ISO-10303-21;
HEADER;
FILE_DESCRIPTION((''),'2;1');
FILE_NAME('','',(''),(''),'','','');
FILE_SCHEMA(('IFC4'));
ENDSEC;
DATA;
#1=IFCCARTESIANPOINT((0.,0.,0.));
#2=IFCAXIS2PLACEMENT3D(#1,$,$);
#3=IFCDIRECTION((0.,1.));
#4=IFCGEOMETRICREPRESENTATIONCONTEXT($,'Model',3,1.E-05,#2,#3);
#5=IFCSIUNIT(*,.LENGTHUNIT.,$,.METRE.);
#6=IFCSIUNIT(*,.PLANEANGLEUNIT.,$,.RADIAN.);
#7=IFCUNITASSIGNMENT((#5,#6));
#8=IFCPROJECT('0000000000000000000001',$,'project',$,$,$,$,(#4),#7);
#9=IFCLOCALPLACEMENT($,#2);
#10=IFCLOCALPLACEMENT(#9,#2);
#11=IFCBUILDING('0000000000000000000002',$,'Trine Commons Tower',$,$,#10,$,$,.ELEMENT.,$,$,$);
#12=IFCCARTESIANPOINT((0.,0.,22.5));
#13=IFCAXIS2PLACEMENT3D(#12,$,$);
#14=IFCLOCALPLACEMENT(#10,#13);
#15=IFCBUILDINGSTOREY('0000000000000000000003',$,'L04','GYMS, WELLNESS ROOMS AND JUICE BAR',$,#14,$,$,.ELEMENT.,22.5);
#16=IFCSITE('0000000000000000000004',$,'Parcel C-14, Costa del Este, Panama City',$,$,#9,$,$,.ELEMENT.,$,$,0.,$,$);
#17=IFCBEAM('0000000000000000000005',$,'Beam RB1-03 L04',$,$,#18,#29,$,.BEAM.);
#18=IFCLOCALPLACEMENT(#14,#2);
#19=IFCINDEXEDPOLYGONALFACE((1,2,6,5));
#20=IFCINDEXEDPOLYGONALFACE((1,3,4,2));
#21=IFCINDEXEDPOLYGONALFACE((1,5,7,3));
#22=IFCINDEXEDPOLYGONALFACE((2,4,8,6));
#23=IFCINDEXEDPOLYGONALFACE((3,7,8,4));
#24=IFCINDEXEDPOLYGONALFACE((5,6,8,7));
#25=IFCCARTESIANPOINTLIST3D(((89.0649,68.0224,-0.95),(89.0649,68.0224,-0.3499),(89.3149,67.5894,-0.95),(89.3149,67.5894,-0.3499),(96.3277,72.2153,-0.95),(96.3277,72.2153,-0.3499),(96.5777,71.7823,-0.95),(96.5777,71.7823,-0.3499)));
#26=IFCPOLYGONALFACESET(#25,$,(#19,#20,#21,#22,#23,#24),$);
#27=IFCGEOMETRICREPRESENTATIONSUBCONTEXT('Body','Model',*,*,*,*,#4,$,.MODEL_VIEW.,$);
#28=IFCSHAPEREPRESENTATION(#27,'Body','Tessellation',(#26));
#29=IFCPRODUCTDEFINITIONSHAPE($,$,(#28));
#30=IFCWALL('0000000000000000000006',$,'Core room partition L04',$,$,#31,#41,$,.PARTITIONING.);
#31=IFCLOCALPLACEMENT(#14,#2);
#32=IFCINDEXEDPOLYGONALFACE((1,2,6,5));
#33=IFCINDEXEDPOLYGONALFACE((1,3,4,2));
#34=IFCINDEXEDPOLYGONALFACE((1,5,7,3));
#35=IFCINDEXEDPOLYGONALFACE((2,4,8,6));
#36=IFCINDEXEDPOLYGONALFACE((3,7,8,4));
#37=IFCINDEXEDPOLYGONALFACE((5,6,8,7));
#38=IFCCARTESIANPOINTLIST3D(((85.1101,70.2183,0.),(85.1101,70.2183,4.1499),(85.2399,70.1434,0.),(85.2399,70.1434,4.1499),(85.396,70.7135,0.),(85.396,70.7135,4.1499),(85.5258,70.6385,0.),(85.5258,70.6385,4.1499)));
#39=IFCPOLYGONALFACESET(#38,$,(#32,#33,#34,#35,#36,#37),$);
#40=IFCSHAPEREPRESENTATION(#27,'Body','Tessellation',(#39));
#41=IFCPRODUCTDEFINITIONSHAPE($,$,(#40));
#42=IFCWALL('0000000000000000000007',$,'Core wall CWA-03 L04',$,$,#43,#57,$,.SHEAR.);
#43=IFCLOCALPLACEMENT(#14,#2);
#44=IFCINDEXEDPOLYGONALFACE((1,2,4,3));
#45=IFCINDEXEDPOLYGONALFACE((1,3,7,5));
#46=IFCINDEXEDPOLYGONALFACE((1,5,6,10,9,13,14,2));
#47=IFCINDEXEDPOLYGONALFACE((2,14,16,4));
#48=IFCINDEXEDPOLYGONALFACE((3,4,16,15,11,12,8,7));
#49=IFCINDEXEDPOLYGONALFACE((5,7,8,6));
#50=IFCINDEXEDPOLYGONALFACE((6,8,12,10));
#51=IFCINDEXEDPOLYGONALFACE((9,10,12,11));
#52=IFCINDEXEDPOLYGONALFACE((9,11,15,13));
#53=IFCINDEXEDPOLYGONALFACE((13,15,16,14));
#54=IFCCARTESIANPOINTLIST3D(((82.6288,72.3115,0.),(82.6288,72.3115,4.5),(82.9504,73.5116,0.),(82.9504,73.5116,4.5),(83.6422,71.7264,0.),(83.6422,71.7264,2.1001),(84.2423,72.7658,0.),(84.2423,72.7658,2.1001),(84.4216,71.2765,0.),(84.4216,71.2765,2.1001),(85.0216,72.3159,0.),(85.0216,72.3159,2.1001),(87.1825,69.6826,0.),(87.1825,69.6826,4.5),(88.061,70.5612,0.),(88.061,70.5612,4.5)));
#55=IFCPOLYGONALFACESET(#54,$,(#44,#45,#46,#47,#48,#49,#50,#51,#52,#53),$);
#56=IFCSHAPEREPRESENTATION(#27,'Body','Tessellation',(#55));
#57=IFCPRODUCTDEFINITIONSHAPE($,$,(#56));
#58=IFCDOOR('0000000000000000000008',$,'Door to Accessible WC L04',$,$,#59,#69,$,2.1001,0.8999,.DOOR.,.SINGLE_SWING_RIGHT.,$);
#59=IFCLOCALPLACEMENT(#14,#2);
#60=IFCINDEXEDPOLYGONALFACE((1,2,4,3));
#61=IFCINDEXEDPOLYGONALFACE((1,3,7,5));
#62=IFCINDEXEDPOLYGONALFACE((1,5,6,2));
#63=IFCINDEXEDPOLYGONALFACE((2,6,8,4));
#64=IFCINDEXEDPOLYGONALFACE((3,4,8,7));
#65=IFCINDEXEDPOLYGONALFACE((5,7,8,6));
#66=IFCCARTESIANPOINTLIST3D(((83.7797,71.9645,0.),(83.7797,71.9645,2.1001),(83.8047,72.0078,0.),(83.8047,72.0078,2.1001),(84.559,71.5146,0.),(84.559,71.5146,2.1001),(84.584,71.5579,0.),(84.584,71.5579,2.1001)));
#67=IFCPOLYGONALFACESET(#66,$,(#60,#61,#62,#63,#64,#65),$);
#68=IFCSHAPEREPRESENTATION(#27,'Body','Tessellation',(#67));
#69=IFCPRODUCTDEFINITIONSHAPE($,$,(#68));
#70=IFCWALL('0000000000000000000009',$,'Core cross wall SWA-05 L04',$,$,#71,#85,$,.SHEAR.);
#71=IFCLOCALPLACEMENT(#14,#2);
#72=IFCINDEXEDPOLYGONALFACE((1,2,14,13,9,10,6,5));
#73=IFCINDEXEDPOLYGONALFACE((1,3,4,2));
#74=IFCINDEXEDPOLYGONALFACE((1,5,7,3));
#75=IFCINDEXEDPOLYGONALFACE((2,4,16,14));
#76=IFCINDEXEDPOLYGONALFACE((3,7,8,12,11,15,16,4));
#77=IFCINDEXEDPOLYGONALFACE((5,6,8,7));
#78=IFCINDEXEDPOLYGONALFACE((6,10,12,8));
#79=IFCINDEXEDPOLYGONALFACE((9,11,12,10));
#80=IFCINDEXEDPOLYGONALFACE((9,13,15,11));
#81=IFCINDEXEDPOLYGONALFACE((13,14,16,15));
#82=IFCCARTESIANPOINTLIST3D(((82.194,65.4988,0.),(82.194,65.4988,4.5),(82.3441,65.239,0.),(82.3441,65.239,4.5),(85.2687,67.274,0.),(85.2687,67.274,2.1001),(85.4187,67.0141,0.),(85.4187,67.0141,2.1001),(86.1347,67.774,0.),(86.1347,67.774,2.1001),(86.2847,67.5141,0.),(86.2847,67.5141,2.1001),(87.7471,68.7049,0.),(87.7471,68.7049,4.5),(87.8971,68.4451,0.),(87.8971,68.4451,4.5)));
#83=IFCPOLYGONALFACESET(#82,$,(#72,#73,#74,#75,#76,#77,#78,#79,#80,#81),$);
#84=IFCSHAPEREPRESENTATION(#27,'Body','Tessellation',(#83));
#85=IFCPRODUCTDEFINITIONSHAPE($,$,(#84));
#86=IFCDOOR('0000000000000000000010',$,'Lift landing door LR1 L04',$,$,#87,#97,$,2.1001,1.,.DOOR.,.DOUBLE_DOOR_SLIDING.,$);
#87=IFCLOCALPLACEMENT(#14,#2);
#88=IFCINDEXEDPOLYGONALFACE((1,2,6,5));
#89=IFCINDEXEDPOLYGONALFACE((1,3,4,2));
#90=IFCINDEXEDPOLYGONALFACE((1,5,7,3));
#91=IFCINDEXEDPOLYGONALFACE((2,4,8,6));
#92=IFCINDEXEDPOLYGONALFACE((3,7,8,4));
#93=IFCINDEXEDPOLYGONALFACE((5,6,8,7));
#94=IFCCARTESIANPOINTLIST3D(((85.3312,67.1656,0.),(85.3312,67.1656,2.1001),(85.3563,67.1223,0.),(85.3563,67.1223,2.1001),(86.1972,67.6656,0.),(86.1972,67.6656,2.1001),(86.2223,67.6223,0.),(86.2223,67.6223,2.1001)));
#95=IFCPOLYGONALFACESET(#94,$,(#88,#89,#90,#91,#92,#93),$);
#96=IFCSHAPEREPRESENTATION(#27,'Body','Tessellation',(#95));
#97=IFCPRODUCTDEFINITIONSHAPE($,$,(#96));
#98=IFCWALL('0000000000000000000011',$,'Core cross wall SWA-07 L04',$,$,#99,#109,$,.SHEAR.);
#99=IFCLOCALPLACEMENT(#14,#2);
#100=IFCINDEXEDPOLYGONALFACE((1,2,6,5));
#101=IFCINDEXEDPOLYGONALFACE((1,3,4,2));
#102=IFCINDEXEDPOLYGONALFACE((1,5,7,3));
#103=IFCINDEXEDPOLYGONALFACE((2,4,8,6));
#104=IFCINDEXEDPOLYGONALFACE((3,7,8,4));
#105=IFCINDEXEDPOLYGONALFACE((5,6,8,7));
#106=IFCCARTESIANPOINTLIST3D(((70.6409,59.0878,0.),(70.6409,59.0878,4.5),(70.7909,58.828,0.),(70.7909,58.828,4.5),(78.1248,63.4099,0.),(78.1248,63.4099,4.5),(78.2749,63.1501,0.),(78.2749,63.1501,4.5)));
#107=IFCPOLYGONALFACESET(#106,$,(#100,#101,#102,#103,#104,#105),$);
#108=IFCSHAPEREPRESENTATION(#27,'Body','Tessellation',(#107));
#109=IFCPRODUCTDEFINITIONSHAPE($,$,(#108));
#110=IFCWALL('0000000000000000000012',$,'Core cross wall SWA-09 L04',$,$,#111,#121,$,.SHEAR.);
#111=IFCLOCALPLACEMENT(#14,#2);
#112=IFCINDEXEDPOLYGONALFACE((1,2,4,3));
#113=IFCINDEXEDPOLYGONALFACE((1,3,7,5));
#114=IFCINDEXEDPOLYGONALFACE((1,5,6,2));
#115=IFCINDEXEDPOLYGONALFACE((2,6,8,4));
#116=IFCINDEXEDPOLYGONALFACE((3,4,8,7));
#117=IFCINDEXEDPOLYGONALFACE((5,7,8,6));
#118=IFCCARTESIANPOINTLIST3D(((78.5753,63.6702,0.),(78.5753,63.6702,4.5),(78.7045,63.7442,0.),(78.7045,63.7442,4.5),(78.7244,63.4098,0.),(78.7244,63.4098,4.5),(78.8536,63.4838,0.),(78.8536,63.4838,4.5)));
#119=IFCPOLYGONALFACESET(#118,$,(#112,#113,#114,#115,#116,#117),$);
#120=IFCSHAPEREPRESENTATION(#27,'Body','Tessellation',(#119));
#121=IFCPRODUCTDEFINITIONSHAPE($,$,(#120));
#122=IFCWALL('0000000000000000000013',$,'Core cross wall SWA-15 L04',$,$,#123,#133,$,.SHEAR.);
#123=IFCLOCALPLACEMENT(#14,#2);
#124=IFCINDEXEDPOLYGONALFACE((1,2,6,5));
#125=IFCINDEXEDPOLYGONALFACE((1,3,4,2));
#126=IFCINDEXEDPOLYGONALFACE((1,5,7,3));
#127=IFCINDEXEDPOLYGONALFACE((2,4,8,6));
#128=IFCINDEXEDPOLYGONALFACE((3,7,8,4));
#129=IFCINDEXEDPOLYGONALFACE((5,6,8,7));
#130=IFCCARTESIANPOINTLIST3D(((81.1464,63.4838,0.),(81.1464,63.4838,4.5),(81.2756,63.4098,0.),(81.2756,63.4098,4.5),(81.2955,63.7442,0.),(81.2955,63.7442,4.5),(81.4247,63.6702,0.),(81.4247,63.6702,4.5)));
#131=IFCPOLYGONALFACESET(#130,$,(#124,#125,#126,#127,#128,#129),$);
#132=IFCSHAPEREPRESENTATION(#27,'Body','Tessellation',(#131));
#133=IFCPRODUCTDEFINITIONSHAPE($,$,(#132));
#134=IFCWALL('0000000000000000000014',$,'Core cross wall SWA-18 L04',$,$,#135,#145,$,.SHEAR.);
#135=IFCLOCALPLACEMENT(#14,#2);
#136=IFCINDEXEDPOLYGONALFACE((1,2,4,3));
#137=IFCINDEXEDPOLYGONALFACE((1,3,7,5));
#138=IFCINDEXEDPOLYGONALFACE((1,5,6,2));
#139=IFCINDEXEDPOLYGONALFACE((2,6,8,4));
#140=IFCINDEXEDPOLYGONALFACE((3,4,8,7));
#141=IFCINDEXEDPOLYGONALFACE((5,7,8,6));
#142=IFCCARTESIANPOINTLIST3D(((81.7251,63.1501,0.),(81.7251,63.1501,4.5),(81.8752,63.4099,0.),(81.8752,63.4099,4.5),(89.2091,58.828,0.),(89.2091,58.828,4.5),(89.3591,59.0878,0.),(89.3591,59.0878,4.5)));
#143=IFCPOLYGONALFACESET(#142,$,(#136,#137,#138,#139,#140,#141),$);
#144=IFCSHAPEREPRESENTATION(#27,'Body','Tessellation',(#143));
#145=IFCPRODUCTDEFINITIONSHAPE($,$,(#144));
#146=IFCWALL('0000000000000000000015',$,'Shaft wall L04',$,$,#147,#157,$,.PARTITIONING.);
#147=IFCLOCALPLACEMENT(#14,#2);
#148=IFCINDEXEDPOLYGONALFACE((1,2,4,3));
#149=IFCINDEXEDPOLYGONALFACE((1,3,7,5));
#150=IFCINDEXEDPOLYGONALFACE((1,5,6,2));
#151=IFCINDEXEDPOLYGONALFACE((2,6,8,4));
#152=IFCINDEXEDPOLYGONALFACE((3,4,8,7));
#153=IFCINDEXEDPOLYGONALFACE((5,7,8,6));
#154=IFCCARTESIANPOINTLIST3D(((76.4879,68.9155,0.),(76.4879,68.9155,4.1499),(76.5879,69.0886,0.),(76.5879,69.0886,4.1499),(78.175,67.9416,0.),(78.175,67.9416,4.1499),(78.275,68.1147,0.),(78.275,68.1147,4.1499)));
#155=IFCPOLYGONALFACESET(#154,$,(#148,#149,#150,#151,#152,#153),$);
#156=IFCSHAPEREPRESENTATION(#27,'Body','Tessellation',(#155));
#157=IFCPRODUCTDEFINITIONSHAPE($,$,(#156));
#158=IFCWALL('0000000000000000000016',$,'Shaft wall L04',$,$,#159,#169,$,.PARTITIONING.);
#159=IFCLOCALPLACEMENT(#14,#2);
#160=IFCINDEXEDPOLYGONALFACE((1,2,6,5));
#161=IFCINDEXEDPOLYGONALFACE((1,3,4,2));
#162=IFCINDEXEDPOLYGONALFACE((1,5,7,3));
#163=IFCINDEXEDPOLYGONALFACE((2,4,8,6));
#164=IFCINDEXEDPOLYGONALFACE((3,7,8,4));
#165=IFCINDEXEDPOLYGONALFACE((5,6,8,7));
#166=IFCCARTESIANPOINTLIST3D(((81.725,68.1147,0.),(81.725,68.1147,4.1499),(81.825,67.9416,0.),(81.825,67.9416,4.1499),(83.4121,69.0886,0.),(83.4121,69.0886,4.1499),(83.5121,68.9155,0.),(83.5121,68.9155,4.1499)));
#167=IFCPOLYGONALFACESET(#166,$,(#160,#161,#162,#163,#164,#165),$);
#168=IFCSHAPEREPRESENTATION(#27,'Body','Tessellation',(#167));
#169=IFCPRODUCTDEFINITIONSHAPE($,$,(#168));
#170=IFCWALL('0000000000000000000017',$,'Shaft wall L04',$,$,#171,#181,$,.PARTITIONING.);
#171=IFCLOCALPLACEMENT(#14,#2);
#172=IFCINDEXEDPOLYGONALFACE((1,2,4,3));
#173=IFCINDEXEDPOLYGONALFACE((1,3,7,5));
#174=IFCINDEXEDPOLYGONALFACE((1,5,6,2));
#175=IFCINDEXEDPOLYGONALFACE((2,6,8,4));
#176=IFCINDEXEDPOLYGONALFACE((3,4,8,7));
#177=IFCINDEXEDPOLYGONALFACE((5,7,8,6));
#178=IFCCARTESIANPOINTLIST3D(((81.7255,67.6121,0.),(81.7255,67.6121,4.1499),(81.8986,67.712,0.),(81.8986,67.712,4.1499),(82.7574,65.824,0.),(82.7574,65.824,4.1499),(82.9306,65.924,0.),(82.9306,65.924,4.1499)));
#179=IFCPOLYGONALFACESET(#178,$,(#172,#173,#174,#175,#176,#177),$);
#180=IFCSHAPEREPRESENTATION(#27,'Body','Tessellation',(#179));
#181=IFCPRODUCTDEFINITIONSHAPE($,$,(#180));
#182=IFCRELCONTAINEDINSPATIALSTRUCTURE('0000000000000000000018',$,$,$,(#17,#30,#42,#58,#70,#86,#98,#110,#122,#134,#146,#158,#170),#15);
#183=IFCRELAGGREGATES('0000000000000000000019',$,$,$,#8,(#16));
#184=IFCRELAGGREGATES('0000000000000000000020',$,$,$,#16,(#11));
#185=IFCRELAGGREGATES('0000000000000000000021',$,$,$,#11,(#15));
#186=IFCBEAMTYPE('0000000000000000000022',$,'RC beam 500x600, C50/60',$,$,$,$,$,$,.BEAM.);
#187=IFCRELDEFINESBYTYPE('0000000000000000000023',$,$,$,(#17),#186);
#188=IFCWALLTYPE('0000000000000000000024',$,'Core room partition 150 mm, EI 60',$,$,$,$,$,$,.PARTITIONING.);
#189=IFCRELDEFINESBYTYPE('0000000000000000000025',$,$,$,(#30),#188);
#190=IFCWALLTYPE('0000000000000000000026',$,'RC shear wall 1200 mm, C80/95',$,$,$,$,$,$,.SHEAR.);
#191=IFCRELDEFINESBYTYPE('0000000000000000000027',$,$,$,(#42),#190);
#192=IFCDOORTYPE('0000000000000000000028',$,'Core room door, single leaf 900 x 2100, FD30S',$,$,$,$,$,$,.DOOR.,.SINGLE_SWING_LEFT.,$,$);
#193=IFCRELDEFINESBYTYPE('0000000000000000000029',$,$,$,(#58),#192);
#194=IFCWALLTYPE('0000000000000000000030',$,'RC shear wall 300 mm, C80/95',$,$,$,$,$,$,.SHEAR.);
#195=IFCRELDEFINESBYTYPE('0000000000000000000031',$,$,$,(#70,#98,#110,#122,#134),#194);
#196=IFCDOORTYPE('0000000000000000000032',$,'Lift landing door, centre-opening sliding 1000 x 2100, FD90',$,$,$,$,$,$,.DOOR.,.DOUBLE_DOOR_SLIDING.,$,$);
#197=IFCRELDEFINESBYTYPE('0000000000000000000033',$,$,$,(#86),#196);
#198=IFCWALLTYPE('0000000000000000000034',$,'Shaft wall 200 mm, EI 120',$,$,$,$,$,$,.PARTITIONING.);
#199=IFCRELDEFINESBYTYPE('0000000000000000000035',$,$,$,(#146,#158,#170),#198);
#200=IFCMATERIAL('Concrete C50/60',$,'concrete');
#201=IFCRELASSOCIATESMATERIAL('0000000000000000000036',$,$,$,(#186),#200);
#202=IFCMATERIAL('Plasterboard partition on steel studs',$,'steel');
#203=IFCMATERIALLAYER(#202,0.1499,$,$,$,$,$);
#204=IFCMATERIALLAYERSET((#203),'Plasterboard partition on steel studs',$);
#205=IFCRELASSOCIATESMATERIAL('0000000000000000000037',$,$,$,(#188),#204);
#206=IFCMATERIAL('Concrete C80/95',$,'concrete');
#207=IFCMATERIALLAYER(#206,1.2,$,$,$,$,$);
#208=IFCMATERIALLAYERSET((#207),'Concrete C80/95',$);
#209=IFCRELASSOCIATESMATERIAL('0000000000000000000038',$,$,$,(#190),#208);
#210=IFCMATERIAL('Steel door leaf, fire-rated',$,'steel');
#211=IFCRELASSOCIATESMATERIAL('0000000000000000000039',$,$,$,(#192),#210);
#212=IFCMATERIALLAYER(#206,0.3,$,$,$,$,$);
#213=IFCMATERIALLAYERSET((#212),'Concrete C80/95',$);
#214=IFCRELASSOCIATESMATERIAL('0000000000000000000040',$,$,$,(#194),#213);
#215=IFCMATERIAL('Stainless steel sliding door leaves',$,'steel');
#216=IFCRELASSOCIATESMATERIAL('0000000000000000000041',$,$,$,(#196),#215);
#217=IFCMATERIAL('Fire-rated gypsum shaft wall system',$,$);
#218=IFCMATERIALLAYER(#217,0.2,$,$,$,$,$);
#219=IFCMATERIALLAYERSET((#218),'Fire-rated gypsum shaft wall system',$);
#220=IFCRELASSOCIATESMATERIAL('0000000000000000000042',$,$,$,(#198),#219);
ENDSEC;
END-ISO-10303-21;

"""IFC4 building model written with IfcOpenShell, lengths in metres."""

from ifc_helpers import new_model, si_unit, direction, frame, frame_2d, origin, origin_2d, place, context, subcontext, project, spatial, polyline, rectangle, outline, extrude, material, layer, layer_set, material_profile, profile_set, type_object, element, fill, save


model = new_model("IFC4")

# Units and contexts
model_context = context("Model", 3, precision=1e-05, world=origin(), true_north=direction((0.0, 1.0)))
body_context = subcontext(model_context, "Body", "Model", "MODEL_VIEW")
ifc_project = project(units=[si_unit("LENGTHUNIT", "METRE"), si_unit("PLANEANGLEUNIT", "RADIAN")], contexts=[model_context])

# Site, building, storey
site_placement = place(None, origin())
site = spatial("IfcSite", under=ifc_project, at=site_placement, Name="Parcel C-14, Costa del Este, Panama City", CompositionType="ELEMENT", RefElevation=0.0)
building_placement = place(site_placement, origin())
building = spatial("IfcBuilding", under=site, at=building_placement, Name="Trine Commons Tower", CompositionType="ELEMENT")
storey_placement = place(building_placement, frame((0.0, 0.0, 22.5)))
storey = spatial("IfcBuildingStorey", under=building, at=storey_placement, Name="L04", Description="GYMS, WELLNESS ROOMS AND JUICE BAR", CompositionType="ELEMENT", Elevation=22.5)

# Beam
ifc_material_1 = material(Name="Concrete C50/60", Category="concrete")
ifc_material_profile = material_profile(ifc_material_1, rectangle(XDim=0.5, YDim=0.6001, at=origin_2d()), Name="RC 500x600")
ifc_profile_set = profile_set([ifc_material_profile], Name="Concrete C50/60")
beam_type = type_object("IfcBeamType", Name="RC beam 500x600, C50/60", PredefinedType="BEAM", material=ifc_profile_set)
beam_placement = place(storey_placement, frame((89.1899, 67.8059, -0.6499), z_axis=(0.866038, 0.499978, 0.0), x_axis=(-0.499978, 0.866038, 0.0)))
element("IfcBeam", 1, at=beam_placement, inside=storey, type_object=beam_type, Name="Beam RB1-03 L04", PredefinedType="BEAM", context=body_context, shape_type="SweptSolid", body=[
    extrude(rectangle(XDim=0.5, YDim=0.6001, at=origin_2d()), origin(), (0.0, 0.0, 1.0), 8.3862),
])

# Wall
ifc_material_2 = material(Name="Plasterboard partition on steel studs", Category="steel")
ifc_layer_1 = layer(ifc_material_2, 0.1499)
ifc_layer_set_1 = layer_set([ifc_layer_1], Name="Plasterboard partition on steel studs")
wall_type_1 = type_object("IfcWallType", Name="Core room partition 150 mm, EI 60", PredefinedType="PARTITIONING", material=ifc_layer_set_1)
wall_1_placement = place(storey_placement, frame((85.4609, 70.676, 0.0), z_axis=(0.0, 0.0, 1.0), x_axis=(-0.500043, -0.866001, 0.0)))
element("IfcWall", 2, at=wall_1_placement, inside=storey, type_object=wall_type_1, Name="Core room partition L04", PredefinedType="PARTITIONING", context=body_context, shape_type="SweptSolid", body=[
    extrude(rectangle(XDim=0.5718, YDim=0.1499, at=frame_2d((0.2859, 0.0))), origin(), (0.0, 0.0, 1.0), 4.1499),
])

# Walls, openings, doors
ifc_material_3 = material(Name="Concrete C80/95", Category="concrete")
ifc_layer_2 = layer(ifc_material_3, 1.2)
ifc_layer_set_2 = layer_set([ifc_layer_2], Name="Concrete C80/95")
wall_type_2 = type_object("IfcWallType", Name="RC shear wall 1200 mm, C80/95", PredefinedType="SHEAR", material=ifc_layer_set_2)
wall_2_placement = place(storey_placement, frame((87.761, 70.0415, 0.0), z_axis=(0.0, 0.0, 1.0), x_axis=(-0.866037, 0.499979, 0.0)))
wall_2 = element("IfcWall", 3, at=wall_2_placement, inside=storey, type_object=wall_type_2, Name="Core wall CWA-03 L04", PredefinedType="SHEAR", context=body_context, shape_type="SweptSolid", body=[
    extrude(outline(polyline([(0.0, -0.6001), (5.9011, -0.6001), (5.5796, 0.6001), (0.3215, 0.6001), (0.0, -0.6001)])), origin(), (0.0, 0.0, 1.0), 4.5),
])
opening_1_placement = place(wall_2_placement, frame((3.5095, 0.0, 0.0)))
opening_1 = element("IfcOpeningElement", 4, at=opening_1_placement, cuts=wall_2, PredefinedType="OPENING", context=body_context, shape_type="SweptSolid", body=[
    extrude(rectangle(XDim=0.8999, YDim=2.1001, at=frame_2d((0.45, 1.05))), frame((0.0, 0.6099, 0.0), z_axis=(0.0, -1.0, 0.0), x_axis=(1.0, 0.0, 0.0)), (0.0, 0.0, 1.0), 1.22),
])
ifc_material_4 = material(Name="Steel door leaf, fire-rated", Category="steel")
door_type_1 = type_object("IfcDoorType", Name="Core room door, single leaf 900 x 2100, FD30S", OperationType="SINGLE_SWING_LEFT", PredefinedType="DOOR", material=ifc_material_4)
door_1_placement = place(opening_1_placement, origin())
door_1 = element("IfcDoor", 5, at=door_1_placement, inside=storey, type_object=door_type_1, Name="Door to Accessible WC L04", OperationType="SINGLE_SWING_RIGHT", OverallHeight=2.1001, OverallWidth=0.8999, PredefinedType="DOOR", context=body_context, shape_type="SweptSolid", body=[
    extrude(rectangle(XDim=0.8999, YDim=2.1001, at=frame_2d((0.45, 1.05))), frame((0.0, 0.3252, 0.0), z_axis=(0.0, -1.0, 0.0), x_axis=(1.0, 0.0, 0.0)), (0.0, 0.0, 1.0), 0.05),
])
fill(opening_1, door_1)
ifc_layer_3 = layer(ifc_material_3, 0.3)
ifc_layer_set_3 = layer_set([ifc_layer_3], Name="Concrete C80/95")
wall_type_3 = type_object("IfcWallType", Name="RC shear wall 300 mm, C80/95", PredefinedType="SHEAR", material=ifc_layer_set_3)
wall_3_placement = place(storey_placement, frame((82.269, 65.3689, 0.0), z_axis=(0.0, 0.0, 1.0), x_axis=(0.866023, 0.500005, 0.0)))
wall_3 = element("IfcWall", 6, at=wall_3_placement, inside=storey, type_object=wall_type_3, Name="Core cross wall SWA-05 L04", PredefinedType="SHEAR", context=body_context, shape_type="SweptSolid", body=[
    extrude(rectangle(XDim=6.4121, YDim=0.3, at=frame_2d((3.2061, 0.0))), origin(), (0.0, 0.0, 1.0), 4.5),
])
opening_2_placement = place(wall_3_placement, frame((3.5503, 0.0, 0.0)))
opening_2 = element("IfcOpeningElement", 7, at=opening_2_placement, cuts=wall_3, PredefinedType="OPENING", context=body_context, shape_type="SweptSolid", body=[
    extrude(rectangle(XDim=1.0, YDim=2.1001, at=frame_2d((0.5, 1.05))), frame((0.0, 0.1599, 0.0), z_axis=(0.0, -1.0, 0.0), x_axis=(1.0, 0.0, 0.0)), (0.0, 0.0, 1.0), 0.3201),
])
ifc_material_5 = material(Name="Stainless steel sliding door leaves", Category="steel")
door_type_2 = type_object("IfcDoorType", Name="Lift landing door, centre-opening sliding 1000 x 2100, FD90", OperationType="DOUBLE_DOOR_SLIDING", PredefinedType="DOOR", material=ifc_material_5)
door_2_placement = place(opening_2_placement, origin())
door_2 = element("IfcDoor", 8, at=door_2_placement, inside=storey, type_object=door_type_2, Name="Lift landing door LR1 L04", OperationType="DOUBLE_DOOR_SLIDING", OverallHeight=2.1001, OverallWidth=1.0, PredefinedType="DOOR", context=body_context, shape_type="SweptSolid", body=[
    extrude(rectangle(XDim=1.0, YDim=2.1001, at=frame_2d((0.5, 1.05))), frame((0.0, 0.0249, 0.0), z_axis=(0.0, -1.0, 0.0), x_axis=(1.0, 0.0, 0.0)), (0.0, 0.0, 1.0), 0.05),
])
fill(opening_2, door_2)

# Walls
wall_4_placement = place(storey_placement, frame((78.2, 63.28, 0.0), z_axis=(0.0, 0.0, 1.0), x_axis=(-0.865965, -0.500104, 0.0)))
element("IfcWall", 9, at=wall_4_placement, inside=storey, type_object=wall_type_3, Name="Core cross wall SWA-07 L04", PredefinedType="SHEAR", context=body_context, shape_type="SweptSolid", body=[
    extrude(rectangle(XDim=8.6423, YDim=0.3, at=frame_2d((4.3213, 0.0))), origin(), (0.0, 0.0, 1.0), 4.5),
])
for number, where, z_axis, x_axis, name in (
    (10, (78.7791, 63.614, 0.0), (0.0, 0.0, 1.0), (-0.867738, -0.497022, 0.0), "Core cross wall SWA-09 L04"),
    (11, (81.2209, 63.614, 0.0), (0.0, 0.0, 1.0), (0.867738, -0.497022, 0.0), "Core cross wall SWA-15 L04"),
):
    element("IfcWall", number, at=place(storey_placement, frame(where, z_axis=z_axis, x_axis=x_axis)), inside=storey, type_object=wall_type_3, Name=name, PredefinedType="SHEAR", context=body_context, shape_type="SweptSolid", body=[
        extrude(rectangle(XDim=0.1489, YDim=0.3, at=frame_2d((0.0745, 0.0))), origin(), (0.0, 0.0, 1.0), 4.5),
    ])
wall_5_placement = place(storey_placement, frame((81.8, 63.28, 0.0), z_axis=(0.0, 0.0, 1.0), x_axis=(0.865965, -0.500104, 0.0)))
element("IfcWall", 12, at=wall_5_placement, inside=storey, type_object=wall_type_3, Name="Core cross wall SWA-18 L04", PredefinedType="SHEAR", context=body_context, shape_type="SweptSolid", body=[
    extrude(rectangle(XDim=8.6423, YDim=0.3, at=frame_2d((4.3213, 0.0))), origin(), (0.0, 0.0, 1.0), 4.5),
])
ifc_material_6 = material(Name="Fire-rated gypsum shaft wall system")
ifc_layer_4 = layer(ifc_material_6, 0.2)
ifc_layer_set_4 = layer_set([ifc_layer_4], Name="Fire-rated gypsum shaft wall system")
wall_type_4 = type_object("IfcWallType", Name="Shaft wall 200 mm, EI 120", PredefinedType="PARTITIONING", material=ifc_layer_set_4)
for number, where, z_axis, x_axis, name in (
    (13, (78.2251, 68.0281, 0.0), (0.0, 0.0, 1.0), (-0.866052, 0.499954, 0.0), "Shaft wall L04"),
    (14, (81.7749, 68.0281, 0.0), (0.0, 0.0, 1.0), (0.866052, 0.499954, 0.0), "Shaft wall L04"),
):
    element("IfcWall", number, at=place(storey_placement, frame(where, z_axis=z_axis, x_axis=x_axis)), inside=storey, type_object=wall_type_4, Name=name, PredefinedType="PARTITIONING", context=body_context, shape_type="SweptSolid", body=[
        extrude(rectangle(XDim=1.948, YDim=0.2, at=frame_2d((0.9741, 0.0))), origin(), (0.0, 0.0, 1.0), 4.1499),
    ])
wall_6_placement = place(storey_placement, frame((82.844, 65.874, 0.0), z_axis=(0.0, 0.0, 1.0), x_axis=(-0.499866, 0.866103, 0.0)))
element("IfcWall", 15, at=wall_6_placement, inside=storey, type_object=wall_type_4, Name="Shaft wall L04", PredefinedType="PARTITIONING", context=body_context, shape_type="SweptSolid", body=[
    extrude(rectangle(XDim=2.0645, YDim=0.2, at=frame_2d((1.0322, 0.0))), origin(), (0.0, 0.0, 1.0), 4.1499),
])

save(model, "model.ifc")
